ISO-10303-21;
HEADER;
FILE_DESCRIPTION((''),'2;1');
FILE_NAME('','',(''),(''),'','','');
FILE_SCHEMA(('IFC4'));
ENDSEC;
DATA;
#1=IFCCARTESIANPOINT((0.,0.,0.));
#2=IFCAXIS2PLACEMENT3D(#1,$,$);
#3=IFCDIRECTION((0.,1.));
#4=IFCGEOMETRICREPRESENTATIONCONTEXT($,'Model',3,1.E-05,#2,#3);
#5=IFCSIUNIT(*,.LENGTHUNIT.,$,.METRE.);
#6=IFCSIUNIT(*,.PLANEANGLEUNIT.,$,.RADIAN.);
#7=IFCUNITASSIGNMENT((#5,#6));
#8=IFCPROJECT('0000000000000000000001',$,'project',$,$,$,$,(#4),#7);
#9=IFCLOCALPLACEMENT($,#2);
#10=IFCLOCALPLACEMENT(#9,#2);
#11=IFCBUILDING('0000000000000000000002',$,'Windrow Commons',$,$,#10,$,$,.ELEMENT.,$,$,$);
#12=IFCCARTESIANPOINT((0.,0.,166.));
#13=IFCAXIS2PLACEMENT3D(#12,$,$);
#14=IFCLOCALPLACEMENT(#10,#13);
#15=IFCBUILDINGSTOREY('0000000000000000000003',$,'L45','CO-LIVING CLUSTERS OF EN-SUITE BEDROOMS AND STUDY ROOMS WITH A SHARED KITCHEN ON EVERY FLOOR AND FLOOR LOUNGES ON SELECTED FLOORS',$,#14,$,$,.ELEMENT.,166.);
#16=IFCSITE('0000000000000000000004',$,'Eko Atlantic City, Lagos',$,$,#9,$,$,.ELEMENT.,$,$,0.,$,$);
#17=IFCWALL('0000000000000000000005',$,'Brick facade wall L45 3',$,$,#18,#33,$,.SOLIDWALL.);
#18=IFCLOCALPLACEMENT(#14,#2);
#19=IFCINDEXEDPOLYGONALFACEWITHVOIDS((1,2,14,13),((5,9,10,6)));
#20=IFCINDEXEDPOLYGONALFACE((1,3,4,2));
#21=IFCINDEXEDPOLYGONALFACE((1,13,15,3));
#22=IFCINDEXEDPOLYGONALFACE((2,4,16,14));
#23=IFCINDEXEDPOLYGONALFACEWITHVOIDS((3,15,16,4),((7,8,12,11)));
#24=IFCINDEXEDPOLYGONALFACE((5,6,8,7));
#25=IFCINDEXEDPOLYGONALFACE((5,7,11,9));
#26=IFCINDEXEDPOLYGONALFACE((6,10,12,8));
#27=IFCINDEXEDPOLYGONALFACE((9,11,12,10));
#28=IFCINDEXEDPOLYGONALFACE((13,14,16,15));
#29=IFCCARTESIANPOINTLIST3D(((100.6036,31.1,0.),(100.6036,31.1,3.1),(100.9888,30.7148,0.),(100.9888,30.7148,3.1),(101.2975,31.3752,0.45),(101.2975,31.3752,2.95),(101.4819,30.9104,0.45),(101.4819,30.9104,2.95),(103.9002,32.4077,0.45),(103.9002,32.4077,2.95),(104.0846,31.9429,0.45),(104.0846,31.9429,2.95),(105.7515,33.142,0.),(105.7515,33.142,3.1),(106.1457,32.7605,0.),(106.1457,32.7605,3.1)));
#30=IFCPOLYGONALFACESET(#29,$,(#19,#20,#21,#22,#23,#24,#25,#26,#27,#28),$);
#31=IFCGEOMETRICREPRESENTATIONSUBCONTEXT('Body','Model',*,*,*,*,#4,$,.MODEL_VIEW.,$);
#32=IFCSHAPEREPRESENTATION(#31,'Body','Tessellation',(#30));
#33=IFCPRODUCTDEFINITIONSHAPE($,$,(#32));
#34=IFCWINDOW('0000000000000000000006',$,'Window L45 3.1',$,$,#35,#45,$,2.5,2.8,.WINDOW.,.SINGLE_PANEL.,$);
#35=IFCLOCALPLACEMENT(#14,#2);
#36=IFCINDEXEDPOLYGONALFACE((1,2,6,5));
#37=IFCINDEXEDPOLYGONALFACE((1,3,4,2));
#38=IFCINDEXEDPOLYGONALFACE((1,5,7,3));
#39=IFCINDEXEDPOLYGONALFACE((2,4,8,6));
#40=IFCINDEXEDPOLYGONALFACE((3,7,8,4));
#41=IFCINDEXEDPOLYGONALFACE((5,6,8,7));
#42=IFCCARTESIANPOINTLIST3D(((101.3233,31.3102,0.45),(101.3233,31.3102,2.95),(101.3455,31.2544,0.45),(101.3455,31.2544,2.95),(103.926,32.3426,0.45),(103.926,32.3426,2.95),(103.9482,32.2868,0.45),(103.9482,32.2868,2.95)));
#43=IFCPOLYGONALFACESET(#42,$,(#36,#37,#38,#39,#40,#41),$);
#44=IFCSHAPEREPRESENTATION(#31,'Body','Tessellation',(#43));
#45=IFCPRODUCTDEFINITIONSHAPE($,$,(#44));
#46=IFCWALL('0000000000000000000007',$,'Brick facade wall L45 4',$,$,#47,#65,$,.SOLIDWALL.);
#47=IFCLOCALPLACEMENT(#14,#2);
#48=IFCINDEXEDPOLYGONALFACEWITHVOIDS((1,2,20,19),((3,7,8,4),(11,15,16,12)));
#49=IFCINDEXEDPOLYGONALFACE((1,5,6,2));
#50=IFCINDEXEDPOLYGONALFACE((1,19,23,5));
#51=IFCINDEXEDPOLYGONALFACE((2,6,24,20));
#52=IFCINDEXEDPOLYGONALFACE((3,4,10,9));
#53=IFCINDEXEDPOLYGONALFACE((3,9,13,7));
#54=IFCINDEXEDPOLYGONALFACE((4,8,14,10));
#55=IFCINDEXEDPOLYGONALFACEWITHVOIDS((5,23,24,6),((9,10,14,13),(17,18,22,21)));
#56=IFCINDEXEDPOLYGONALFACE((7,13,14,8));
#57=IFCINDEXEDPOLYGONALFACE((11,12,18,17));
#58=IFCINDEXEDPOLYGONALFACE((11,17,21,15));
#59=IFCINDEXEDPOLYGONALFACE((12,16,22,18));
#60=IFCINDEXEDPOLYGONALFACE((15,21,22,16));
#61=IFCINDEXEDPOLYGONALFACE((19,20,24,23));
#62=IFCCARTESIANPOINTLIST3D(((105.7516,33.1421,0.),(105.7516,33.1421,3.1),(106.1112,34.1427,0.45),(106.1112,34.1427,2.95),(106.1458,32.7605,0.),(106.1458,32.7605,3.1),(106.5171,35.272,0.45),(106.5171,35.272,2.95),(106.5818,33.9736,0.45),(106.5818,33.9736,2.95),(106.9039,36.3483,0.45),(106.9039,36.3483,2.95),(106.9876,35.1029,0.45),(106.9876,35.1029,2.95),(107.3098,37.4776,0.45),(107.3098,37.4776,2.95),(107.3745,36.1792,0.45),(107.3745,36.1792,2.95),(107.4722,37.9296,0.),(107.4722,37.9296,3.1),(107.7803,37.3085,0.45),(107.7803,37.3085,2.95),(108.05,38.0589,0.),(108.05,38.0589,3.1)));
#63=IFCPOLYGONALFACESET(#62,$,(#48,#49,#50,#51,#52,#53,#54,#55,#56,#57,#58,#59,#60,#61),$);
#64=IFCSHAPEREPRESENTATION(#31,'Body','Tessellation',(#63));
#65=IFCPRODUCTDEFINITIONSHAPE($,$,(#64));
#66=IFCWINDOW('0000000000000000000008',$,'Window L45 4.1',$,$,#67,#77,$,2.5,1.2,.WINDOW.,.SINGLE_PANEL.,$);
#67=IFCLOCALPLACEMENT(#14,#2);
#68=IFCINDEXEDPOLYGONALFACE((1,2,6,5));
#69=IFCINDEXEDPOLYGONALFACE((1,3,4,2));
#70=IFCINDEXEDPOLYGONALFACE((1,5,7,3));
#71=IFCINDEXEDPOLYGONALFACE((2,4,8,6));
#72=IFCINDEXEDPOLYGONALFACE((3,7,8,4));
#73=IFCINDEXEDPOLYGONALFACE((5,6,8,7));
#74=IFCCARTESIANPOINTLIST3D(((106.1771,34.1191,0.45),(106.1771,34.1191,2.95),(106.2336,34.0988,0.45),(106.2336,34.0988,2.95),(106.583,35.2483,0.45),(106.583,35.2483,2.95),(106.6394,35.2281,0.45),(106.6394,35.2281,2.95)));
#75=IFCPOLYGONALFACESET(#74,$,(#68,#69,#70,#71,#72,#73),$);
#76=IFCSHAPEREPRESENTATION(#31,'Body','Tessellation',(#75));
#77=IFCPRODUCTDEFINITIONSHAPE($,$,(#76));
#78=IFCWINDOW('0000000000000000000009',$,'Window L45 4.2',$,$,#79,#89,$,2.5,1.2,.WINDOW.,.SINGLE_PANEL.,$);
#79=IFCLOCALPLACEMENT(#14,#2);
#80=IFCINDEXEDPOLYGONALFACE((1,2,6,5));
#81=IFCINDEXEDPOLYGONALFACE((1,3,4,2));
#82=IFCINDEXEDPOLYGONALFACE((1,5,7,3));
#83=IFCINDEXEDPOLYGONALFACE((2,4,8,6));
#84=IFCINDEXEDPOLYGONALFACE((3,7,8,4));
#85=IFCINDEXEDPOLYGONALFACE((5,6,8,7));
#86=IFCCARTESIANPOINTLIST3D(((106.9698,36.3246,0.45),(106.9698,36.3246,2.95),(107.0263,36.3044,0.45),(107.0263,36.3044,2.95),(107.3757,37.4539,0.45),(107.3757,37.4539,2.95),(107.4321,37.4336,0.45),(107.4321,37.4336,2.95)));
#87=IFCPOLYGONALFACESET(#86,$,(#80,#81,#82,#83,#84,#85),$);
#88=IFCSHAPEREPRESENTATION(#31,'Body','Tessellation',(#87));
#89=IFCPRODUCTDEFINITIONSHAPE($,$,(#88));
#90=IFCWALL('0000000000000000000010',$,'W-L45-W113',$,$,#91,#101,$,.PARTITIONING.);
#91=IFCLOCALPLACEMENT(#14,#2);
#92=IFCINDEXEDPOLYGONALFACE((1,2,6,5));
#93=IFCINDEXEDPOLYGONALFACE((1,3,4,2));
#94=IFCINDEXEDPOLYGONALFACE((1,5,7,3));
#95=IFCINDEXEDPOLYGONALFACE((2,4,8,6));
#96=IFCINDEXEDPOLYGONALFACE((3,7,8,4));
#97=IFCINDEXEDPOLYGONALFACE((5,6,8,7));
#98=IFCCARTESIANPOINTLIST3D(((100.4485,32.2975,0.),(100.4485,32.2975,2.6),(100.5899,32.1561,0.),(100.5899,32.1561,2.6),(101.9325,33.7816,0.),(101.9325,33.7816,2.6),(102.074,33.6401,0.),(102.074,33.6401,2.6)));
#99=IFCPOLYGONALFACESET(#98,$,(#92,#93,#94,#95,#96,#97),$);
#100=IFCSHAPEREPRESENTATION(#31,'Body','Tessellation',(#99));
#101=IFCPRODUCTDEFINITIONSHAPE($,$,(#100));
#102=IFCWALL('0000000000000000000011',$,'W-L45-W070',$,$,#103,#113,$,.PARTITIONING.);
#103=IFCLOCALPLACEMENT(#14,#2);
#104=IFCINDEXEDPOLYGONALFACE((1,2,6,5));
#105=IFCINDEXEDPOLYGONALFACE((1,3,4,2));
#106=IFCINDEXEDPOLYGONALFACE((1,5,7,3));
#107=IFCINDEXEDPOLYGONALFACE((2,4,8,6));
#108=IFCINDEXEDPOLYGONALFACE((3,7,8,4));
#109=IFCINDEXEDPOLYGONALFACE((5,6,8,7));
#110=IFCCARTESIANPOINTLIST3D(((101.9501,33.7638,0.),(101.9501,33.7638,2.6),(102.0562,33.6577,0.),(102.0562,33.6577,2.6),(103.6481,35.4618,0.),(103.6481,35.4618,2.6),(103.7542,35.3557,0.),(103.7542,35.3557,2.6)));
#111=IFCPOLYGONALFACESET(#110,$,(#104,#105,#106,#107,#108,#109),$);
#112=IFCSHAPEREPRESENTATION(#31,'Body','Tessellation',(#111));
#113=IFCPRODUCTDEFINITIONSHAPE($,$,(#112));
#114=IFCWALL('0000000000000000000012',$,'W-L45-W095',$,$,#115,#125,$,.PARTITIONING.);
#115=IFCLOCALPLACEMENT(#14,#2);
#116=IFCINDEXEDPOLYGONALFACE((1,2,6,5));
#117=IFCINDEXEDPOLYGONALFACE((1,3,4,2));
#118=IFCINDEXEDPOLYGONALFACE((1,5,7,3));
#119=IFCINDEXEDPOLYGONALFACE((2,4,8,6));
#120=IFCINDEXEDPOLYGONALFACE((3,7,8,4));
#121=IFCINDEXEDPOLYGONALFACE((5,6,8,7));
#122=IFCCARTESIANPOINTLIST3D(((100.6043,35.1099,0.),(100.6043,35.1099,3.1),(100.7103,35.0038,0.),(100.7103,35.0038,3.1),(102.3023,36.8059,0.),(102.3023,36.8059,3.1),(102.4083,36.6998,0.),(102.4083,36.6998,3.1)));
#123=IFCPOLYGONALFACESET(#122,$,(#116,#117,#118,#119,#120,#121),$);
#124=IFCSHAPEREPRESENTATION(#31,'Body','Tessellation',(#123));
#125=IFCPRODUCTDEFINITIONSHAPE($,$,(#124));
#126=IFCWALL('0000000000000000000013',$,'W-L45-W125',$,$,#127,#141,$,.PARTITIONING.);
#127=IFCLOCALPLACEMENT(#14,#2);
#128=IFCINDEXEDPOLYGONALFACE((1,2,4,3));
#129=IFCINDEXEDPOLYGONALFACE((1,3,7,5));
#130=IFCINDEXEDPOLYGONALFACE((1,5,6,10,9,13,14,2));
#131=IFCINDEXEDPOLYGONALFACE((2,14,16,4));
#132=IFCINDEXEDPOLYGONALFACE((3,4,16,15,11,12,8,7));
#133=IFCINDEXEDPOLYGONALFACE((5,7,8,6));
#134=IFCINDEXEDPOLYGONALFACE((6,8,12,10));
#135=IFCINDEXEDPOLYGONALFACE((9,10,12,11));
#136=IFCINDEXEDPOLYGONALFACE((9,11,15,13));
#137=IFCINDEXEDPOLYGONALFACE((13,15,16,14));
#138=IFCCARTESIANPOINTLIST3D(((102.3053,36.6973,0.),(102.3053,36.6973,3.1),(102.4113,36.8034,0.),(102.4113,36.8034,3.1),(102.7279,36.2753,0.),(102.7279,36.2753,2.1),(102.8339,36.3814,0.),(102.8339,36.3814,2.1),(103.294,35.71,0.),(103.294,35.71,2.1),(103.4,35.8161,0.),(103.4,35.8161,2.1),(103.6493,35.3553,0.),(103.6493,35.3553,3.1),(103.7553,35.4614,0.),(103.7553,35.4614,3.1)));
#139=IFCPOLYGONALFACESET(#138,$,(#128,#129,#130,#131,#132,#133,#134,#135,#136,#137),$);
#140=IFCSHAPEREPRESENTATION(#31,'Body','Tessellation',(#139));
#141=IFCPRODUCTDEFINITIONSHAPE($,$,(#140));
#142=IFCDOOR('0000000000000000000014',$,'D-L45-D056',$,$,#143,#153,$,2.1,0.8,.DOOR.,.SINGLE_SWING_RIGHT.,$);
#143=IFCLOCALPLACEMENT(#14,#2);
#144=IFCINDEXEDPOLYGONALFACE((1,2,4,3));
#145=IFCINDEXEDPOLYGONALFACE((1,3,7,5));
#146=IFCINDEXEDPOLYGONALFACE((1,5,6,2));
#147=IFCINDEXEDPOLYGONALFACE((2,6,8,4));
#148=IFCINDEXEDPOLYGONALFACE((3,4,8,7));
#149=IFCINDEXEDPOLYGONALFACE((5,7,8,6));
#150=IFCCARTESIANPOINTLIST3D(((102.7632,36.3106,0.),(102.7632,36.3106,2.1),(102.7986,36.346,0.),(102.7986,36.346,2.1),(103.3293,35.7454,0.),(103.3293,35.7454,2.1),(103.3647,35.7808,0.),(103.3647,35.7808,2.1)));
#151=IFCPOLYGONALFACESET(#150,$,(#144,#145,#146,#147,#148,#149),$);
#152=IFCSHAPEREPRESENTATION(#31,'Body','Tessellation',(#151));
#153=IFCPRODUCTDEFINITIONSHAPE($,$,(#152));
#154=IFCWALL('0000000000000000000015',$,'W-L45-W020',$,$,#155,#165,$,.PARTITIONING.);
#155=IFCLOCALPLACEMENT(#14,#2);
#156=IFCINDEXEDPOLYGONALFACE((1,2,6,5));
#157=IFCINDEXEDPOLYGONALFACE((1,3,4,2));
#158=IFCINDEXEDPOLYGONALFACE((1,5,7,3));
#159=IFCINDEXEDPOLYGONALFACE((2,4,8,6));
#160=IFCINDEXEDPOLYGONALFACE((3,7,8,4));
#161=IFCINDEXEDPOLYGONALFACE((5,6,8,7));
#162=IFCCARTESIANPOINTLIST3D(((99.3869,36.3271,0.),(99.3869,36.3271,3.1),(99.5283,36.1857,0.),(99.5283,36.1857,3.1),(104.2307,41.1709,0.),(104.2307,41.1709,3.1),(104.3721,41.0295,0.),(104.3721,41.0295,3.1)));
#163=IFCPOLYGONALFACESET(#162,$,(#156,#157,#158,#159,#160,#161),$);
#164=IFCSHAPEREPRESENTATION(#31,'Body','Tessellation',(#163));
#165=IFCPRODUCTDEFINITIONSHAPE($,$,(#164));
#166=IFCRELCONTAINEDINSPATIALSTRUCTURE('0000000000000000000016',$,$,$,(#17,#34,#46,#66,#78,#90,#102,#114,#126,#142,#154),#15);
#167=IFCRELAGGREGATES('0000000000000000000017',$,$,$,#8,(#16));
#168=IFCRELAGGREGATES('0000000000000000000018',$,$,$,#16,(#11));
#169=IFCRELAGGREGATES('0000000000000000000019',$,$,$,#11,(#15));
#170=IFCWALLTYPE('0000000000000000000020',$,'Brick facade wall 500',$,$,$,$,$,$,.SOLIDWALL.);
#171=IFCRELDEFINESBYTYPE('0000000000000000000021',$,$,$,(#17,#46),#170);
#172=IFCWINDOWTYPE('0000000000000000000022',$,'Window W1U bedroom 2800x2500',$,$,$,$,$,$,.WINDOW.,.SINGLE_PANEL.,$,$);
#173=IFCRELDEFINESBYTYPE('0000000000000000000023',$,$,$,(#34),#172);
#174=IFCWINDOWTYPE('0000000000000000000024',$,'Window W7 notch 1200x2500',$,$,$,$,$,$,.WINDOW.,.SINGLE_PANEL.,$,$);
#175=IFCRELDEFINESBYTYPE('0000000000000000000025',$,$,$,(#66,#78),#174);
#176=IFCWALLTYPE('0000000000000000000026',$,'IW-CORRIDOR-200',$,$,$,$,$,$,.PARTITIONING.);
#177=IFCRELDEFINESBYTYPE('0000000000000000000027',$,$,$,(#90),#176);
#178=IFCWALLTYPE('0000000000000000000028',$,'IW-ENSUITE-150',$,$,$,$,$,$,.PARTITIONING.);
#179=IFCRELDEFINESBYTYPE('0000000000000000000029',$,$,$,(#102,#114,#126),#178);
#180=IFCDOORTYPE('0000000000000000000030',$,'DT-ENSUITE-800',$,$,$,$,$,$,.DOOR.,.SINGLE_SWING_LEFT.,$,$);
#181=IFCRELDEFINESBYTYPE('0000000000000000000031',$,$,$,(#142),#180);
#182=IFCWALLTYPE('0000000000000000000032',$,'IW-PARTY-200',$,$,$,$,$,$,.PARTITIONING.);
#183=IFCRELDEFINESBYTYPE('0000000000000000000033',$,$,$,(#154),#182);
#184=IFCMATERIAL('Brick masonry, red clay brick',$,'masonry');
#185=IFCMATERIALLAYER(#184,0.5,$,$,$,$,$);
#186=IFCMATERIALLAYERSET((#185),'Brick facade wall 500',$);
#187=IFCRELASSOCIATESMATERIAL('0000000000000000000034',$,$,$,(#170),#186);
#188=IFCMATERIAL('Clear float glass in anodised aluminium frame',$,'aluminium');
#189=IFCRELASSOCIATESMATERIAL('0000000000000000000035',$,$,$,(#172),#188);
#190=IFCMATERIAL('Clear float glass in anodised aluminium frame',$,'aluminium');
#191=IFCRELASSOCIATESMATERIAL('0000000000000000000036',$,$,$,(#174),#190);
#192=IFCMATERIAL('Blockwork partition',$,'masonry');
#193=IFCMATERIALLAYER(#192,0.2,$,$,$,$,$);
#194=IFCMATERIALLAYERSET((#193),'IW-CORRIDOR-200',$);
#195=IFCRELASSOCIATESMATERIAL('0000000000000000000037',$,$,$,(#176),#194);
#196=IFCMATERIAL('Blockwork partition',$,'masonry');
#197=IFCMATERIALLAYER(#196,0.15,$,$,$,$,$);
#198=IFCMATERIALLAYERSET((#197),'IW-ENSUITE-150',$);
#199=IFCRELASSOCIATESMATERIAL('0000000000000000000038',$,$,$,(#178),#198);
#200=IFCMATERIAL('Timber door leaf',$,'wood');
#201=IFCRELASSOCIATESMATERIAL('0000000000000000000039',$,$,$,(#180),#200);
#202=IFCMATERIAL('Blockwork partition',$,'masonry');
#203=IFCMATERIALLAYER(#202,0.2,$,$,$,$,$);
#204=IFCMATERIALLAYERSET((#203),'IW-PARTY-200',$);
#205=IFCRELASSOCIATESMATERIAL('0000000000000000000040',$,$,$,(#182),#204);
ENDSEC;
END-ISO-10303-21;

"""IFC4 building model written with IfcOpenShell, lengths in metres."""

from ifc_helpers import new_model, si_unit, direction, frame, frame_2d, origin, place, context, subcontext, project, spatial, polyline, rectangle, outline, extrude, material, layer, layer_set, type_object, element, fill, save


model = new_model("IFC4")

# Units and contexts
model_context = context("Model", 3, precision=1e-05, world=origin(), true_north=direction((0.0, 1.0)))
body_context = subcontext(model_context, "Body", "Model", "MODEL_VIEW")
ifc_project = project(units=[si_unit("LENGTHUNIT", "METRE"), si_unit("PLANEANGLEUNIT", "RADIAN")], contexts=[model_context])

# Site, building, storey
site_placement = place(None, origin())
site = spatial("IfcSite", under=ifc_project, at=site_placement, Name="Eko Atlantic City, Lagos", CompositionType="ELEMENT", RefElevation=0.0)
building_placement = place(site_placement, origin())
building = spatial("IfcBuilding", under=site, at=building_placement, Name="Windrow Commons", CompositionType="ELEMENT")
storey_placement = place(building_placement, frame((0.0, 0.0, 166.0)))
storey = spatial("IfcBuildingStorey", under=building, at=storey_placement, Name="L45", Description="CO-LIVING CLUSTERS OF EN-SUITE BEDROOMS AND STUDY ROOMS WITH A SHARED KITCHEN ON EVERY FLOOR AND FLOOR LOUNGES ON SELECTED FLOORS", CompositionType="ELEMENT", Elevation=166.0)

# Shared definitions
ifc_material_1 = material(Name="Brick masonry, red clay brick", Category="masonry")
ifc_layer_1 = layer(ifc_material_1, 0.5)
ifc_layer_set_1 = layer_set([ifc_layer_1], Name="Brick facade wall 500")
wall_type_1 = type_object("IfcWallType", Name="Brick facade wall 500", PredefinedType="SOLIDWALL", material=ifc_layer_set_1)
ifc_material_2 = material(Name="Clear float glass in anodised aluminium frame", Category="aluminium")
window_type_1 = type_object("IfcWindowType", Name="Window W1U bedroom 2800x2500", PartitioningType="SINGLE_PANEL", PredefinedType="WINDOW", material=ifc_material_2)

# Shared definitions
ifc_material_3 = material(Name="Clear float glass in anodised aluminium frame", Category="aluminium")
window_type_2 = type_object("IfcWindowType", Name="Window W7 notch 1200x2500", PartitioningType="SINGLE_PANEL", PredefinedType="WINDOW", material=ifc_material_3)

# Wall, opening, window
wall_1_placement = place(storey_placement, frame((100.7962, 30.9074, 0.0), z_axis=(0.0, 0.0, 1.0), x_axis=(0.929537, 0.36873, 0.0)))
wall_1 = element("IfcWall", 1, at=wall_1_placement, inside=storey, type_object=wall_type_1, Name="Brick facade wall L45 3", PredefinedType="SOLIDWALL", context=body_context, shape_type="SweptSolid", body=[
    extrude(outline(polyline([(0.108, -0.25), (5.6559, -0.25), (5.4301, 0.25), (-0.108, 0.25), (0.108, -0.25)])), origin(), (0.0, 0.0, 1.0), 3.1),
])
opening_1_placement = place(wall_1_placement, frame((0.6385, 0.0, 0.45)))
opening_1 = element("IfcOpeningElement", 2, at=opening_1_placement, cuts=wall_1, PredefinedType="OPENING", context=body_context, shape_type="SweptSolid", body=[
    extrude(rectangle(XDim=2.8, YDim=2.5, at=frame_2d((1.4, 1.25))), frame((0.0, 0.26, 0.0), z_axis=(0.0, -1.0, 0.0), x_axis=(1.0, 0.0, 0.0)), (0.0, 0.0, 1.0), 0.52),
])
window_1_placement = place(opening_1_placement, origin())
window_1 = element("IfcWindow", 3, at=window_1_placement, inside=storey, type_object=window_type_1, Name="Window L45 3.1", OverallHeight=2.5, OverallWidth=2.8, PartitioningType="SINGLE_PANEL", PredefinedType="WINDOW", context=body_context, shape_type="SweptSolid", body=[
    extrude(rectangle(XDim=2.8, YDim=2.5, at=frame_2d((1.4, 1.25))), frame((0.0, 0.18, 0.0), z_axis=(0.0, -1.0, 0.0), x_axis=(1.0, 0.0, 0.0)), (0.0, 0.0, 1.0), 0.06),
])
fill(opening_1, window_1)

# Wall, openings, windows
wall_2_placement = place(storey_placement, frame((105.9487, 32.9513, 0.0), z_axis=(0.0, 0.0, 1.0), x_axis=(0.338217, 0.941068, 0.0)))
wall_2 = element("IfcWall", 4, at=wall_2_placement, inside=storey, type_object=wall_type_1, Name="Brick facade wall L45 4", PredefinedType="SOLIDWALL", context=body_context, shape_type="SweptSolid", body=[
    extrude(outline(polyline([(-0.1129, -0.25), (5.5173, -0.25), (5.2002, 0.25), (0.1129, 0.25), (-0.1129, -0.25)])), origin(), (0.0, 0.0, 1.0), 3.1),
])
opening_2_placement = place(wall_2_placement, frame((1.1762, 0.0, 0.45)))
opening_2 = element("IfcOpeningElement", 5, at=opening_2_placement, cuts=wall_2, PredefinedType="OPENING", context=body_context, shape_type="SweptSolid", body=[
    extrude(rectangle(XDim=1.2, YDim=2.5, at=frame_2d((0.6, 1.25))), frame((0.0, 0.26, 0.0), z_axis=(0.0, -1.0, 0.0), x_axis=(1.0, 0.0, 0.0)), (0.0, 0.0, 1.0), 0.52),
])
opening_3_placement = place(wall_2_placement, frame((3.5199, 0.0, 0.45)))
opening_3 = element("IfcOpeningElement", 6, at=opening_3_placement, cuts=wall_2, PredefinedType="OPENING", context=body_context, shape_type="SweptSolid", body=[
    extrude(rectangle(XDim=1.2, YDim=2.5, at=frame_2d((0.6, 1.25))), frame((0.0, 0.26, 0.0), z_axis=(0.0, -1.0, 0.0), x_axis=(1.0, 0.0, 0.0)), (0.0, 0.0, 1.0), 0.52),
])
window_2_placement = place(opening_2_placement, origin())
window_2 = element("IfcWindow", 7, at=window_2_placement, inside=storey, type_object=window_type_2, Name="Window L45 4.1", OverallHeight=2.5, OverallWidth=1.2, PartitioningType="SINGLE_PANEL", PredefinedType="WINDOW", context=body_context, shape_type="SweptSolid", body=[
    extrude(rectangle(XDim=1.2, YDim=2.5, at=frame_2d((0.6, 1.25))), frame((0.0, 0.18, 0.0), z_axis=(0.0, -1.0, 0.0), x_axis=(1.0, 0.0, 0.0)), (0.0, 0.0, 1.0), 0.06),
])
fill(opening_2, window_2)
window_3_placement = place(opening_3_placement, origin())
window_3 = element("IfcWindow", 8, at=window_3_placement, inside=storey, type_object=window_type_2, Name="Window L45 4.2", OverallHeight=2.5, OverallWidth=1.2, PartitioningType="SINGLE_PANEL", PredefinedType="WINDOW", context=body_context, shape_type="SweptSolid", body=[
    extrude(rectangle(XDim=1.2, YDim=2.5, at=frame_2d((0.6, 1.25))), frame((0.0, 0.18, 0.0), z_axis=(0.0, -1.0, 0.0), x_axis=(1.0, 0.0, 0.0)), (0.0, 0.0, 1.0), 0.06),
])
fill(opening_3, window_3)

# Walls
ifc_material_4 = material(Name="Blockwork partition", Category="masonry")
ifc_layer_2 = layer(ifc_material_4, 0.2)
ifc_layer_set_2 = layer_set([ifc_layer_2], Name="IW-CORRIDOR-200")
wall_type_2 = type_object("IfcWallType", Name="IW-CORRIDOR-200", PredefinedType="PARTITIONING", material=ifc_layer_set_2)
wall_3_placement = place(storey_placement, frame((100.5192, 32.2268, 0.0), z_axis=(0.0, 0.0, 1.0), x_axis=(0.707107, 0.707107, 0.0)))
element("IfcWall", 9, at=wall_3_placement, inside=storey, type_object=wall_type_2, Name="W-L45-W113", PredefinedType="PARTITIONING", context=body_context, shape_type="SweptSolid", body=[
    extrude(rectangle(XDim=2.0987, YDim=0.2, at=frame_2d((1.0494, 0.0))), origin(), (0.0, 0.0, 1.0), 2.6),
])
ifc_material_5 = material(Name="Blockwork partition", Category="masonry")
ifc_layer_3 = layer(ifc_material_5, 0.15)
ifc_layer_set_3 = layer_set([ifc_layer_3], Name="IW-ENSUITE-150")
wall_type_3 = type_object("IfcWallType", Name="IW-ENSUITE-150", PredefinedType="PARTITIONING", material=ifc_layer_set_3)
wall_4_placement = place(storey_placement, frame((102.0032, 33.7108, 0.0), z_axis=(0.0, 0.0, 1.0), x_axis=(0.707107, 0.707107, 0.0)))
element("IfcWall", 10, at=wall_4_placement, inside=storey, type_object=wall_type_3, Name="W-L45-W070", PredefinedType="PARTITIONING", context=body_context, shape_type="SweptSolid", body=[
    extrude(rectangle(XDim=2.4013, YDim=0.15, at=frame_2d((1.2006, 0.0))), origin(), (0.0, 0.0, 1.0), 2.6),
])
wall_5_placement = place(storey_placement, frame((100.6573, 35.0568, 0.0), z_axis=(0.0, 0.0, 1.0), x_axis=(0.707523, 0.70669, 0.0)))
element("IfcWall", 11, at=wall_5_placement, inside=storey, type_object=wall_type_3, Name="W-L45-W095", PredefinedType="PARTITIONING", context=body_context, shape_type="SweptSolid", body=[
    extrude(rectangle(XDim=2.3999, YDim=0.15, at=frame_2d((1.2, 0.0))), origin(), (0.0, 0.0, 1.0), 3.1),
])

# Wall, opening, door
wall_6_placement = place(storey_placement, frame((102.3583, 36.7503, 0.0), z_axis=(0.0, 0.0, 1.0), x_axis=(0.707633, -0.70658, 0.0)))
wall_6 = element("IfcWall", 12, at=wall_6_placement, inside=storey, type_object=wall_type_3, Name="W-L45-W125", PredefinedType="PARTITIONING", context=body_context, shape_type="SweptSolid", body=[
    extrude(rectangle(XDim=1.8993, YDim=0.15, at=frame_2d((0.9496, 0.0))), origin(), (0.0, 0.0, 1.0), 3.1),
])
opening_4_placement = place(wall_6_placement, frame((0.5972, 0.0, 0.0)))
opening_4 = element("IfcOpeningElement", 13, at=opening_4_placement, cuts=wall_6, PredefinedType="OPENING", context=body_context, shape_type="SweptSolid", body=[
    extrude(rectangle(XDim=0.8, YDim=2.1, at=frame_2d((0.4, 1.05))), frame((0.0, 0.085, 0.0), z_axis=(0.0, -1.0, 0.0), x_axis=(1.0, 0.0, 0.0)), (0.0, 0.0, 1.0), 0.17),
])
ifc_material_6 = material(Name="Timber door leaf", Category="wood")
door_type = type_object("IfcDoorType", Name="DT-ENSUITE-800", OperationType="SINGLE_SWING_LEFT", PredefinedType="DOOR", material=ifc_material_6)
door_placement = place(opening_4_placement, origin())
door = element("IfcDoor", 14, at=door_placement, inside=storey, type_object=door_type, Name="D-L45-D056", OperationType="SINGLE_SWING_RIGHT", OverallHeight=2.1, OverallWidth=0.8, PredefinedType="DOOR", context=body_context, shape_type="SweptSolid", body=[
    extrude(rectangle(XDim=0.8, YDim=2.1, at=frame_2d((0.4, 1.05))), frame((0.0, 0.025, 0.0), z_axis=(0.0, -1.0, 0.0), x_axis=(1.0, 0.0, 0.0)), (0.0, 0.0, 1.0), 0.05),
])
fill(opening_4, door)

# Wall
ifc_material_7 = material(Name="Blockwork partition", Category="masonry")
ifc_layer_4 = layer(ifc_material_7, 0.2)
ifc_layer_set_4 = layer_set([ifc_layer_4], Name="IW-PARTY-200")
wall_type_4 = type_object("IfcWallType", Name="IW-PARTY-200", PredefinedType="PARTITIONING", material=ifc_layer_set_4)
wall_7_placement = place(storey_placement, frame((99.4576, 36.2564, 0.0), z_axis=(0.0, 0.0, 1.0), x_axis=(0.707107, 0.707107, 0.0)))
element("IfcWall", 15, at=wall_7_placement, inside=storey, type_object=wall_type_4, Name="W-L45-W020", PredefinedType="PARTITIONING", context=body_context, shape_type="SweptSolid", body=[
    extrude(rectangle(XDim=6.8502, YDim=0.2, at=frame_2d((3.4251, 0.0))), origin(), (0.0, 0.0, 1.0), 3.1),
])

save(model, "model.ifc")
